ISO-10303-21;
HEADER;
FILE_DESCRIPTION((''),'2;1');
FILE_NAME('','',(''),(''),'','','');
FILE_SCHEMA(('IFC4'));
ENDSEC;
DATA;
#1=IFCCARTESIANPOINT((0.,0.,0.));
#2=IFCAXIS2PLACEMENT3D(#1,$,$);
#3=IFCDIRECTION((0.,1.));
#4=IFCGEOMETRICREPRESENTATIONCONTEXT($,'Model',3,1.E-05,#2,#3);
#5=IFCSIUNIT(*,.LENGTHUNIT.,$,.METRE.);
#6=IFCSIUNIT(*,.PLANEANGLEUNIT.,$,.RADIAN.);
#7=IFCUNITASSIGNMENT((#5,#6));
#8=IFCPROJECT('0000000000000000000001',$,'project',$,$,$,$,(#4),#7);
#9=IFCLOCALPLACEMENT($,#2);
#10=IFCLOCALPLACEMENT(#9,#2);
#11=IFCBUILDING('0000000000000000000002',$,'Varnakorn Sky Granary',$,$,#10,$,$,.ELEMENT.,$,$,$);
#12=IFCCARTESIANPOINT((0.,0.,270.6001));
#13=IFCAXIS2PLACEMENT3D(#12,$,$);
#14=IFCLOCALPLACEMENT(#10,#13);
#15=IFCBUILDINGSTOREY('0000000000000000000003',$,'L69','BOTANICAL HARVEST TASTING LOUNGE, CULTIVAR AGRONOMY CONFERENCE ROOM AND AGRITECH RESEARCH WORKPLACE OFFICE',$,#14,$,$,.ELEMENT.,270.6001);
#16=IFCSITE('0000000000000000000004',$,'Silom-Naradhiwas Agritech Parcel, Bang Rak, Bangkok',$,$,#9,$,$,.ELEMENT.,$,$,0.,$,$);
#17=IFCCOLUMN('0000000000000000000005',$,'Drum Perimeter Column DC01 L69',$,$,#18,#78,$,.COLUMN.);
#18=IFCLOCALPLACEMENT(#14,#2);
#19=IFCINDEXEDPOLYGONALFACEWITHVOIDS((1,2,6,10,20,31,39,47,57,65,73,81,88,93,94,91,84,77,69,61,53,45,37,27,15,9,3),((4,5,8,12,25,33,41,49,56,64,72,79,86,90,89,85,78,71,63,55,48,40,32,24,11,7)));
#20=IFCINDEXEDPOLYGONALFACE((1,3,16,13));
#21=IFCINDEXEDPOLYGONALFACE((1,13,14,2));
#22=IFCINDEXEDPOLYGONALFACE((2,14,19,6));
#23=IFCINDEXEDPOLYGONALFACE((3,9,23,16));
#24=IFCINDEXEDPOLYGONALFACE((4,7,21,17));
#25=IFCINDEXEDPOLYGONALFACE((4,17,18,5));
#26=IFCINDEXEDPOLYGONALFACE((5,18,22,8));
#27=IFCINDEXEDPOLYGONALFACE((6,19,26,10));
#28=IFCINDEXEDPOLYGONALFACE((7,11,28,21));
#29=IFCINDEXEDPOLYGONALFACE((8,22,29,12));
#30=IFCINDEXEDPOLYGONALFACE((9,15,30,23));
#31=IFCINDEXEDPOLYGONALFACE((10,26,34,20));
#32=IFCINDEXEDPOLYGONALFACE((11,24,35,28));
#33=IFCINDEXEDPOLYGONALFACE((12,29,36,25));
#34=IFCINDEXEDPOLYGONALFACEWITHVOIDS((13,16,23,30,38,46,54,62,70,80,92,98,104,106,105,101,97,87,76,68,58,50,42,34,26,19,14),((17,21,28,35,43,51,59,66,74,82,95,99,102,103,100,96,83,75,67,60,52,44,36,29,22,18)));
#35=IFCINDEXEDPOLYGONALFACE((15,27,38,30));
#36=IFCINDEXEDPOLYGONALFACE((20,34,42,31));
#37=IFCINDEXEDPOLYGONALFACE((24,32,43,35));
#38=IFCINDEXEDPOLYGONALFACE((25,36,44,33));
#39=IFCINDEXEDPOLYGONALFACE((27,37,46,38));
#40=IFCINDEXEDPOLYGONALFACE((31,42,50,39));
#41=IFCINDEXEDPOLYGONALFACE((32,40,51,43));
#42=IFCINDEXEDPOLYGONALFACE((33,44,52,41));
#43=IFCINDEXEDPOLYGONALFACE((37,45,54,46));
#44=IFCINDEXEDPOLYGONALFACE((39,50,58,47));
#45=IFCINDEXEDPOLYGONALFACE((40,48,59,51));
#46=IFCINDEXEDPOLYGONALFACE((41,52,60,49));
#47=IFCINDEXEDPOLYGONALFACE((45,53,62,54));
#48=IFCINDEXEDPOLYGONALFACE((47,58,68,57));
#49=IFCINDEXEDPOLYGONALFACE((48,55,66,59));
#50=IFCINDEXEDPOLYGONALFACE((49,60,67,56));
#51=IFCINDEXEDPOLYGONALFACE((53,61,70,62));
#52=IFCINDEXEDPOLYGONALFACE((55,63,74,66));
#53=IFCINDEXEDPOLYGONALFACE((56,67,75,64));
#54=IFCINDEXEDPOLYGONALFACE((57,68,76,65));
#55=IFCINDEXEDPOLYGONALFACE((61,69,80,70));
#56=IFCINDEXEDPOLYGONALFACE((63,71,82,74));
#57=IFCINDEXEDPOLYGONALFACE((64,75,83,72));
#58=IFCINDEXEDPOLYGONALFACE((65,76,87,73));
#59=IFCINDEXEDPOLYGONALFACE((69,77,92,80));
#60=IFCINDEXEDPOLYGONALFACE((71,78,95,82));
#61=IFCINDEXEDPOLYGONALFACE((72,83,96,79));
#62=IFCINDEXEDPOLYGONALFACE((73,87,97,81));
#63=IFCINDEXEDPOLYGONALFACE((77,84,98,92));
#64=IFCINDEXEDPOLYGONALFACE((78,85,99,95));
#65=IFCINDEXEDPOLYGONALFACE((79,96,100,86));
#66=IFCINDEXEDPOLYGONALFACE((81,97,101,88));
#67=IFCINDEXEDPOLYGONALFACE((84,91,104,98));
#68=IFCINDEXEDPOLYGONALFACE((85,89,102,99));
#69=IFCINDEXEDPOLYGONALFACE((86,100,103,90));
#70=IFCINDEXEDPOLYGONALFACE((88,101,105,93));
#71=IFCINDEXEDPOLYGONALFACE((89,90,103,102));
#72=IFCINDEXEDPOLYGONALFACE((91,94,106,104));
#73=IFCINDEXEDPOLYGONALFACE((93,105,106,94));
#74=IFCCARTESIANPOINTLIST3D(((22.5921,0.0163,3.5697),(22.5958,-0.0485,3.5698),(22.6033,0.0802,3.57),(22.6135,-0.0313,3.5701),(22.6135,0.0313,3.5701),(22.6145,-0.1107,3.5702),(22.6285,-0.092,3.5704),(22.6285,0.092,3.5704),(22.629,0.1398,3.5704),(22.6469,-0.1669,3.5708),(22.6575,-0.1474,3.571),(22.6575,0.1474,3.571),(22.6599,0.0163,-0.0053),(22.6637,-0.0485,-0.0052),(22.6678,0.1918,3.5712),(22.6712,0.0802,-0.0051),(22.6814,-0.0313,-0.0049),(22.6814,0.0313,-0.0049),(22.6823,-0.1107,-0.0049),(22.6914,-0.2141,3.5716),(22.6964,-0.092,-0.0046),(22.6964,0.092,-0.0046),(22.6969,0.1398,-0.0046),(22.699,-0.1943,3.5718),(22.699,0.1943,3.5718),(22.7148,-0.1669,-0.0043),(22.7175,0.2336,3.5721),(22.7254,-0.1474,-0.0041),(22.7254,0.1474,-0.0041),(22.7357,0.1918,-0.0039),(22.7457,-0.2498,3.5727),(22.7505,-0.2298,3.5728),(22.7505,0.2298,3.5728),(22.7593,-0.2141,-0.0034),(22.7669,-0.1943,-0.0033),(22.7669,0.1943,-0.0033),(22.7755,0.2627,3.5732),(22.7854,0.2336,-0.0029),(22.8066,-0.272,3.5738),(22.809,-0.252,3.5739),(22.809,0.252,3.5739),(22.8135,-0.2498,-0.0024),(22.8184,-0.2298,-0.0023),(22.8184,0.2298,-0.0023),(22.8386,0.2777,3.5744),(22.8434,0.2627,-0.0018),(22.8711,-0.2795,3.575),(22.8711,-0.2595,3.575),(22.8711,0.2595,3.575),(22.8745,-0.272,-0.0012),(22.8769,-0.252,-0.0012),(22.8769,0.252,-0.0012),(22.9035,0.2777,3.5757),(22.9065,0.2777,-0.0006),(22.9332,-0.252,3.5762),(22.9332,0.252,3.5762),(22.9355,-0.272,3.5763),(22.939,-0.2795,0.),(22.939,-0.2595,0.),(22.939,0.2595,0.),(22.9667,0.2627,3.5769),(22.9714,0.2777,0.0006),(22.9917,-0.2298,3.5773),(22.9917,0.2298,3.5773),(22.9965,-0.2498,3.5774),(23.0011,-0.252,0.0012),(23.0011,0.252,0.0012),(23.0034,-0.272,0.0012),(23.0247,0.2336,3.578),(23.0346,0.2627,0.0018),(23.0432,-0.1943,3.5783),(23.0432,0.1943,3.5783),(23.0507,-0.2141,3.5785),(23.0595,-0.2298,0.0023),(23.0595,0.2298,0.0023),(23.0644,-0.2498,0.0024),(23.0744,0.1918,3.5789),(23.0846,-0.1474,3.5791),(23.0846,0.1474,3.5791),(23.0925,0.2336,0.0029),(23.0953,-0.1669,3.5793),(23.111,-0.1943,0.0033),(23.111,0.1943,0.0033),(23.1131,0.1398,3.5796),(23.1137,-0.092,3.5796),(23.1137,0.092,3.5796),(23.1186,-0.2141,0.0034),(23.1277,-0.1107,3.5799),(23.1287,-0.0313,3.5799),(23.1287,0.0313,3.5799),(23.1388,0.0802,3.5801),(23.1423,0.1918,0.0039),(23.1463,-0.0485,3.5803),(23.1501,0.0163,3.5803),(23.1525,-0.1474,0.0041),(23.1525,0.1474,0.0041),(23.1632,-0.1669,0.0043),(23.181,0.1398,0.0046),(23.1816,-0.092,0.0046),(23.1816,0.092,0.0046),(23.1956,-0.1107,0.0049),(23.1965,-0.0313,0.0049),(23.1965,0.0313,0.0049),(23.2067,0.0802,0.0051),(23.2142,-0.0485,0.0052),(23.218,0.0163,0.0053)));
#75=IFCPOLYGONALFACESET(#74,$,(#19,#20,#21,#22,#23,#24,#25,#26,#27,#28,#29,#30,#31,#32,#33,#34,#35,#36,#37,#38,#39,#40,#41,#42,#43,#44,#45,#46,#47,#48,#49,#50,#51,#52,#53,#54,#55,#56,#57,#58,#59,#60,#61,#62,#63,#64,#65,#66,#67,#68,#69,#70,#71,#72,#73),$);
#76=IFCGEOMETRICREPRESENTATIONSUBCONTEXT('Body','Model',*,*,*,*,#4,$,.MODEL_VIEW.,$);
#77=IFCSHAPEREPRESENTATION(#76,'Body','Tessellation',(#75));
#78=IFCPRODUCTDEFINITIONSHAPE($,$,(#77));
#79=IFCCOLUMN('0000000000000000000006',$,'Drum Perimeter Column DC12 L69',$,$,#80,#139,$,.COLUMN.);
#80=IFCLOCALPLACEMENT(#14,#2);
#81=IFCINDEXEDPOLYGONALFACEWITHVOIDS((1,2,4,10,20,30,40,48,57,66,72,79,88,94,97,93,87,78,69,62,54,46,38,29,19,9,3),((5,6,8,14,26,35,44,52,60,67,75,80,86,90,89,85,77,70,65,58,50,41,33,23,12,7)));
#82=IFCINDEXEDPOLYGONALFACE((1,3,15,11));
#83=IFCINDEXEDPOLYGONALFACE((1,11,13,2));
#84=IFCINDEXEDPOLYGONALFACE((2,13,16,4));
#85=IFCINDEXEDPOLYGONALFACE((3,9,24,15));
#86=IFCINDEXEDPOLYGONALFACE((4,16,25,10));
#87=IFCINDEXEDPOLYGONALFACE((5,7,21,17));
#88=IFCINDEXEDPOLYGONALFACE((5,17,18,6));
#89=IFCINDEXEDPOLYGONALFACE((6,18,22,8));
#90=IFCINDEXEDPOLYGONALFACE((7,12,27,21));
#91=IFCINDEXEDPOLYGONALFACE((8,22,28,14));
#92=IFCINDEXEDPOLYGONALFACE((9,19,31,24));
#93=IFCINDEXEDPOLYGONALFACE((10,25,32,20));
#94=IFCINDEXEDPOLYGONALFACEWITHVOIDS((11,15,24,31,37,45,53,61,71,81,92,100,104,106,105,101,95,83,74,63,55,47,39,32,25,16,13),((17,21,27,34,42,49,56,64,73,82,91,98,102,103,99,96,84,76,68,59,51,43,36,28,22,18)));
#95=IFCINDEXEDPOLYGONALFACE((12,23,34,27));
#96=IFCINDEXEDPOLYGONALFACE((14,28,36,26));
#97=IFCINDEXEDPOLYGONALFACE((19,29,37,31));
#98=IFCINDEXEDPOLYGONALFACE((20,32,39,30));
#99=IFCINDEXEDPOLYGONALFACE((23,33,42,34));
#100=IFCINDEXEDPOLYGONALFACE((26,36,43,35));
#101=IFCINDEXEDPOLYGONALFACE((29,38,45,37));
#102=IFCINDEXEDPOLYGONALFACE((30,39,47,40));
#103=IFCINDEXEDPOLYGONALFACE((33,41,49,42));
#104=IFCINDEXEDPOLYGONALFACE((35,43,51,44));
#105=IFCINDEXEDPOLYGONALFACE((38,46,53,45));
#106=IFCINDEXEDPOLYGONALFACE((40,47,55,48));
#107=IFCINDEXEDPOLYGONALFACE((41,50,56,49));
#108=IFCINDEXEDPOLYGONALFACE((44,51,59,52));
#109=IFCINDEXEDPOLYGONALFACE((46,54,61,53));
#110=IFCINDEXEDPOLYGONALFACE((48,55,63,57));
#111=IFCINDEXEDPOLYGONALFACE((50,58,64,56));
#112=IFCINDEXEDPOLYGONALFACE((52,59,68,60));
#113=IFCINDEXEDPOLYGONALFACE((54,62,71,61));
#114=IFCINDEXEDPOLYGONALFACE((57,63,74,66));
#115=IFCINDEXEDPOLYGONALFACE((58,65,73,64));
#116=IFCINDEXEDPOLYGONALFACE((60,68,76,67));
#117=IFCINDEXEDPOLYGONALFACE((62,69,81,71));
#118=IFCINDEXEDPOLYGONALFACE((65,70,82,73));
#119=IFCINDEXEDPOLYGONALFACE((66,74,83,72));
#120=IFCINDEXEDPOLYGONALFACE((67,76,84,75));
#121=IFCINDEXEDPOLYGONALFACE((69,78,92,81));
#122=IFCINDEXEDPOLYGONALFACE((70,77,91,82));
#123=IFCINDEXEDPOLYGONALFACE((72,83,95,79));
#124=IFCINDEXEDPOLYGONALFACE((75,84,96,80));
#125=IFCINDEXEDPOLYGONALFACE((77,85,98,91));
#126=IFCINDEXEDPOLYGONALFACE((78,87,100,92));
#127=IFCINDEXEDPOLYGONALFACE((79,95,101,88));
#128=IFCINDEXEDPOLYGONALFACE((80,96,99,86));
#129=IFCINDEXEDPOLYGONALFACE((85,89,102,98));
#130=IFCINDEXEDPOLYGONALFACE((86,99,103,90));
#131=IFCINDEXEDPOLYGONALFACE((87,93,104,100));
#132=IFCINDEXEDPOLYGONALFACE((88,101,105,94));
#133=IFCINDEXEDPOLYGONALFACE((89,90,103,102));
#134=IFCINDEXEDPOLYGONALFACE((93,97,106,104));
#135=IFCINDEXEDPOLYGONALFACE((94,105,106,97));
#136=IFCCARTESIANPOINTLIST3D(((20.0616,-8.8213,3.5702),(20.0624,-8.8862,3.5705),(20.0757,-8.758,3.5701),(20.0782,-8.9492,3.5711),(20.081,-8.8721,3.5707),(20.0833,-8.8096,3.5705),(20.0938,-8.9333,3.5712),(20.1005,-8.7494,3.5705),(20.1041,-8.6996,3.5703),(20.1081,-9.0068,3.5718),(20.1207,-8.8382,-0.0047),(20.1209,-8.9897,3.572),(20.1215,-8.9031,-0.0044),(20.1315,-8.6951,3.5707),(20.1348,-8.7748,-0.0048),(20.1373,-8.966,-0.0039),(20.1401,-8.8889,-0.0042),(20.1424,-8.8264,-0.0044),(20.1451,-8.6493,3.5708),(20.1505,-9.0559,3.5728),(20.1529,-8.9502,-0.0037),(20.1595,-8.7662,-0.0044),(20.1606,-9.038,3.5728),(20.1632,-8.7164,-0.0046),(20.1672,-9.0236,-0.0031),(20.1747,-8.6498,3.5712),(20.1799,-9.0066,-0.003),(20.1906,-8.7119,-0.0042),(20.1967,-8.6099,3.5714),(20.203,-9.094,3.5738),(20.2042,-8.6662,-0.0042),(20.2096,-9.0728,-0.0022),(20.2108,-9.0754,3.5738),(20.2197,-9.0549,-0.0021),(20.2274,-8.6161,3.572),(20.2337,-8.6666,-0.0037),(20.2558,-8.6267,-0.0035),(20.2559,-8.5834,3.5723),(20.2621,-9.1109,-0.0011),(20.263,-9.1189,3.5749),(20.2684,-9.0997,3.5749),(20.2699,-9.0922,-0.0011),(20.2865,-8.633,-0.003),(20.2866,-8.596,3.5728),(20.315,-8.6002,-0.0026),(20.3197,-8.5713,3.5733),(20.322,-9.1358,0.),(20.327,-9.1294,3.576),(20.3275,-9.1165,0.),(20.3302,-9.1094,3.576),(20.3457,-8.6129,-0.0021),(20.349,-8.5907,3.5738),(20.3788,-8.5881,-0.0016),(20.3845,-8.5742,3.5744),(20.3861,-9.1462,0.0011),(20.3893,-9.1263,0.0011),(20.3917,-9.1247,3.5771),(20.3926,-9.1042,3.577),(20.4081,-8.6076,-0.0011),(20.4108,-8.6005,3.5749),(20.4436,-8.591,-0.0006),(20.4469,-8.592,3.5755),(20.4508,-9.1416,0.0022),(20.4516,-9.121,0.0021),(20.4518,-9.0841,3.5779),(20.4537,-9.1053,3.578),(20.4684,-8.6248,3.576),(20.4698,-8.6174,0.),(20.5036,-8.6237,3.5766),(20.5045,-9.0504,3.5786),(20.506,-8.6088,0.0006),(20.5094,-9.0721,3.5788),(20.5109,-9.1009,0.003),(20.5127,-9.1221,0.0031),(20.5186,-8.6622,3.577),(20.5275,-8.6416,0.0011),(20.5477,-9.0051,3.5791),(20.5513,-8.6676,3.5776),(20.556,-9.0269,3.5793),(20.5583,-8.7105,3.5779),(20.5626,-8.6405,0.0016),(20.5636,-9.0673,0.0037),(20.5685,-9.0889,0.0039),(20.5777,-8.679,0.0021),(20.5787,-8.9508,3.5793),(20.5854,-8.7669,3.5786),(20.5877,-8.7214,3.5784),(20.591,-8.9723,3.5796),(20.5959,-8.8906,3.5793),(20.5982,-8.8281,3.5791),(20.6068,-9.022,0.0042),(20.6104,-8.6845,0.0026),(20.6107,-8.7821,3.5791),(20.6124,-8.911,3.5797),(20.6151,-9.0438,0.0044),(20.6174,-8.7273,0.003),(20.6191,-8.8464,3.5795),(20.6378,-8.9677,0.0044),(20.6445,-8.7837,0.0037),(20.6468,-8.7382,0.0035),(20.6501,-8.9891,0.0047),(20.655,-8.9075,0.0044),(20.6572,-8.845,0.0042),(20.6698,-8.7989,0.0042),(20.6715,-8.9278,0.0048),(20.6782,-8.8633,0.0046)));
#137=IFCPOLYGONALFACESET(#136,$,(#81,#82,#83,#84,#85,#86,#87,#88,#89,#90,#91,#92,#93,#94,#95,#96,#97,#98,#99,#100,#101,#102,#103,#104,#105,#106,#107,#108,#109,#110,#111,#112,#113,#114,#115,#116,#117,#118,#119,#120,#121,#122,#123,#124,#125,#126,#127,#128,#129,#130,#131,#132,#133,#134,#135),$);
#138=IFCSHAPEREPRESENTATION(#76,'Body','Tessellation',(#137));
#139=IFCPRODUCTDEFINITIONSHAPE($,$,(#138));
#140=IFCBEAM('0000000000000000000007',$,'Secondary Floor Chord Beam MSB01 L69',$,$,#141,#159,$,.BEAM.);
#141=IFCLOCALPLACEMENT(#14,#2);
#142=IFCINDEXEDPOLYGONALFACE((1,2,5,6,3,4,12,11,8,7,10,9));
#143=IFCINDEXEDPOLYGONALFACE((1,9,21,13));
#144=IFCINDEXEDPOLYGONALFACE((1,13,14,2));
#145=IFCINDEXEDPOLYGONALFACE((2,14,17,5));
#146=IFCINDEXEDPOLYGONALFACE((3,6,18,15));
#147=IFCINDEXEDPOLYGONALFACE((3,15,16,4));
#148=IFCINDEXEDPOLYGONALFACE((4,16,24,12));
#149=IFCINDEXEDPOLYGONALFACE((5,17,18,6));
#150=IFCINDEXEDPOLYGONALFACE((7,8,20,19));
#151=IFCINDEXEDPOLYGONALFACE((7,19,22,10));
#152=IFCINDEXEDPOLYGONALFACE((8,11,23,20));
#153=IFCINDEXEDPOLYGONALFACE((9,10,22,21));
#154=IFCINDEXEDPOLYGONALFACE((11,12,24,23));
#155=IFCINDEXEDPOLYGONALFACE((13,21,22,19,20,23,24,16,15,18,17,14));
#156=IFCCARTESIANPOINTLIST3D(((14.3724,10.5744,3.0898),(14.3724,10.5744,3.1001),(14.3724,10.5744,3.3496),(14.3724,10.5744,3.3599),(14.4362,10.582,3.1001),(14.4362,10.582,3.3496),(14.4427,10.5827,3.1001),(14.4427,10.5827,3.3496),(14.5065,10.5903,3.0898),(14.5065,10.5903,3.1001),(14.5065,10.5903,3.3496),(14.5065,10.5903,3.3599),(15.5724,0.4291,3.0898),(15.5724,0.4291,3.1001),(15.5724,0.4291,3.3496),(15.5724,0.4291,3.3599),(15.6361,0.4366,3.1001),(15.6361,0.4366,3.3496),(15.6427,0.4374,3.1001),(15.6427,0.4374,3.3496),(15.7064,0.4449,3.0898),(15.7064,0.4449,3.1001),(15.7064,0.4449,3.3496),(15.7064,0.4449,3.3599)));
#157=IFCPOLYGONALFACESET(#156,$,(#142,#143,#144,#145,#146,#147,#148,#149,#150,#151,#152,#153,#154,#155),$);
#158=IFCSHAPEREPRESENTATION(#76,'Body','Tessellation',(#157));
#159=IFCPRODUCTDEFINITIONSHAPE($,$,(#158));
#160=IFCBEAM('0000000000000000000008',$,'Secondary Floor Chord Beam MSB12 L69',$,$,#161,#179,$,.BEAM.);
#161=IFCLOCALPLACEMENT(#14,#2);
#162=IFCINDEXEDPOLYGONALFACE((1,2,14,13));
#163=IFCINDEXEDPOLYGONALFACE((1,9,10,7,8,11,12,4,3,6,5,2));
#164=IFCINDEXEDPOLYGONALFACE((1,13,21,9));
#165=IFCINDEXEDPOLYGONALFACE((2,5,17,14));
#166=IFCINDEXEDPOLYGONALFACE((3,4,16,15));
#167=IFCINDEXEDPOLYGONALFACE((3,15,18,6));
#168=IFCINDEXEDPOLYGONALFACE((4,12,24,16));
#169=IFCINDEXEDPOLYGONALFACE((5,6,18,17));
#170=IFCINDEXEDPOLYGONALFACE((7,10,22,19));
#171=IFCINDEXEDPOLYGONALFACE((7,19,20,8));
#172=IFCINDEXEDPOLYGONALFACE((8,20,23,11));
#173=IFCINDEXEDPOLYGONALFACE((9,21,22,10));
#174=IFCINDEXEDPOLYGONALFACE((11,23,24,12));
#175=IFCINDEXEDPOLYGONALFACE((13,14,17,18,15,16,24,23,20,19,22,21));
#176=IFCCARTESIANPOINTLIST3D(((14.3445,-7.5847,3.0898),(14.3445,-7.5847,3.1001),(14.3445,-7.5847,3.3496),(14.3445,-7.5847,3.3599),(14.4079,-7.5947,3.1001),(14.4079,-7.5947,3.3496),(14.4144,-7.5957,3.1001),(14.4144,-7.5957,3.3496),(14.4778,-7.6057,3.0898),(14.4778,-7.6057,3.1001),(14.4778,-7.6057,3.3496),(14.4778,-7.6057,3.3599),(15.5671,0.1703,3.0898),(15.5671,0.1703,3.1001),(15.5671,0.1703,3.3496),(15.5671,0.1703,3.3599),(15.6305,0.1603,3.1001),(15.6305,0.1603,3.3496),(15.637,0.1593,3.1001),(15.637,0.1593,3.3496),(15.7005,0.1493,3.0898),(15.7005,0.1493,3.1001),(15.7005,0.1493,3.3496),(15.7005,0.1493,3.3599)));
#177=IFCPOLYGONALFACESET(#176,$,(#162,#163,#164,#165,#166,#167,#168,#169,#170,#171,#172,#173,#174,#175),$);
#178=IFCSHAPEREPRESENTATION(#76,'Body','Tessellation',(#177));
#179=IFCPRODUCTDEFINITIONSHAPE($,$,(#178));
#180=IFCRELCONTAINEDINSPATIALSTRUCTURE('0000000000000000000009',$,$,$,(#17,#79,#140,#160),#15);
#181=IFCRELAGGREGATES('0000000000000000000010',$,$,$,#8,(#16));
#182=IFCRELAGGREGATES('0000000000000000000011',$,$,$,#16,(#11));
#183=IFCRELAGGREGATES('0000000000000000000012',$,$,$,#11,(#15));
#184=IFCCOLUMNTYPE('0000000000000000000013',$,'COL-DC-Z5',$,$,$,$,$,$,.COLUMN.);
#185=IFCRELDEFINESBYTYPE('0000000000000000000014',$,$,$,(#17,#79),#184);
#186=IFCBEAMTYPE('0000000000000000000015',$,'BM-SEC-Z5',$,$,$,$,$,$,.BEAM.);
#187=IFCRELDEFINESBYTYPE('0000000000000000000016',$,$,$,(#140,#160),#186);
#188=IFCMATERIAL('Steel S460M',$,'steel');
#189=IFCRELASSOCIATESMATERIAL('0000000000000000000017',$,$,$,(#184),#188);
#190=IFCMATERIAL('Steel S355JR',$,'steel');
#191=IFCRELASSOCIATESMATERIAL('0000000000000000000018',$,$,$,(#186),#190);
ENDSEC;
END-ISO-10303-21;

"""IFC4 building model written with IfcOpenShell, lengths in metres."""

from ifc_helpers import new_model, si_unit, direction, frame, origin, origin_2d, place, context, subcontext, project, spatial, hollow_circle, i_section, extrude, material, material_profile, profile_set, type_object, element, save


model = new_model("IFC4")

# Units and contexts
model_context = context("Model", 3, precision=1e-05, world=origin(), true_north=direction((0.0, 1.0)))
body_context = subcontext(model_context, "Body", "Model", "MODEL_VIEW")
ifc_project = project(units=[si_unit("LENGTHUNIT", "METRE"), si_unit("PLANEANGLEUNIT", "RADIAN")], contexts=[model_context])

# Site, building, storey
site_placement = place(None, origin())
site = spatial("IfcSite", under=ifc_project, at=site_placement, Name="Silom-Naradhiwas Agritech Parcel, Bang Rak, Bangkok", CompositionType="ELEMENT", RefElevation=0.0)
building_placement = place(site_placement, origin())
building = spatial("IfcBuilding", under=site, at=building_placement, Name="Varnakorn Sky Granary", CompositionType="ELEMENT")
storey_placement = place(building_placement, frame((0.0, 0.0, 270.6001)))
storey = spatial("IfcBuildingStorey", under=building, at=storey_placement, Name="L69", Description="BOTANICAL HARVEST TASTING LOUNGE, CULTIVAR AGRONOMY CONFERENCE ROOM AND AGRITECH RESEARCH WORKPLACE OFFICE", CompositionType="ELEMENT", Elevation=270.6001)

# Columns
ifc_material_1 = material(Name="Steel S460M", Category="steel")
ifc_material_profile_1 = material_profile(ifc_material_1, hollow_circle(Radius=0.2795, WallThickness=0.02, at=origin_2d()), Name="CHS 559x20")
ifc_profile_set_1 = profile_set([ifc_material_profile_1], Name="Steel S460M")
column_type = type_object("IfcColumnType", Name="COL-DC-Z5", PredefinedType="COLUMN", material=ifc_profile_set_1)
column_1_placement = place(storey_placement, frame((22.939, 0.0, 0.0), z_axis=(-0.018982, 0.0, 0.99982), x_axis=(0.0, -1.0, 0.0)))
element("IfcColumn", 1, at=column_1_placement, inside=storey, type_object=column_type, Name="Drum Perimeter Column DC01 L69", PredefinedType="COLUMN", context=body_context, shape_type="SweptSolid", body=[
    extrude(hollow_circle(Radius=0.2795, WallThickness=0.02, at=origin_2d()), origin(), (0.0, 0.0, 1.0), 3.5757),
])
column_2_placement = place(storey_placement, frame((20.3987, -8.8669, 0.0), z_axis=(-0.016524, 0.004711, 0.999852), x_axis=(-0.274196, -0.961674, 0.0)))
element("IfcColumn", 2, at=column_2_placement, inside=storey, type_object=column_type, Name="Drum Perimeter Column DC12 L69", PredefinedType="COLUMN", context=body_context, shape_type="SweptSolid", body=[
    extrude(hollow_circle(Radius=0.2795, WallThickness=0.02, at=origin_2d()), origin(), (0.0, 0.0, 1.0), 3.5754),
])

# Beams
ifc_material_2 = material(Name="Steel S355JR", Category="steel")
ifc_material_profile_2 = material_profile(ifc_material_2, i_section(OverallWidth=0.135, OverallDepth=0.27, WebThickness=0.0066, FlangeThickness=0.0103, at=origin_2d()), Name="IPE 270")
ifc_profile_set_2 = profile_set([ifc_material_profile_2], Name="Steel S355JR")
beam_type_1 = type_object("IfcBeamType", Name="BM-SEC-Z5", PredefinedType="BEAM", material=ifc_profile_set_2)
beam_1_placement = place(storey_placement, frame((15.6394, 0.437, 3.2249), z_axis=(-0.117458, 0.993078, 0.0), x_axis=(-0.993078, -0.117458, 0.0)))
element("IfcBeam", 3, at=beam_1_placement, inside=storey, type_object=beam_type_1, Name="Secondary Floor Chord Beam MSB01 L69", PredefinedType="BEAM", context=body_context, shape_type="SweptSolid", body=[
    extrude(i_section(OverallWidth=0.135, OverallDepth=0.27, WebThickness=0.0066, FlangeThickness=0.0103, at=origin_2d()), origin(), (0.0, 0.0, 1.0), 10.2161),
])
beam_2_placement = place(storey_placement, frame((14.4111, -7.5952, 3.2249), z_axis=(0.155734, 0.987799, 0.0), x_axis=(-0.987799, 0.155734, 0.0)))
element("IfcBeam", 4, at=beam_2_placement, inside=storey, type_object=beam_type_1, Name="Secondary Floor Chord Beam MSB12 L69", PredefinedType="BEAM", context=body_context, shape_type="SweptSolid", body=[
    extrude(i_section(OverallWidth=0.135, OverallDepth=0.27, WebThickness=0.0066, FlangeThickness=0.0103, at=origin_2d()), origin(), (0.0, 0.0, 1.0), 7.8508),
])

save(model, "model.ifc")
